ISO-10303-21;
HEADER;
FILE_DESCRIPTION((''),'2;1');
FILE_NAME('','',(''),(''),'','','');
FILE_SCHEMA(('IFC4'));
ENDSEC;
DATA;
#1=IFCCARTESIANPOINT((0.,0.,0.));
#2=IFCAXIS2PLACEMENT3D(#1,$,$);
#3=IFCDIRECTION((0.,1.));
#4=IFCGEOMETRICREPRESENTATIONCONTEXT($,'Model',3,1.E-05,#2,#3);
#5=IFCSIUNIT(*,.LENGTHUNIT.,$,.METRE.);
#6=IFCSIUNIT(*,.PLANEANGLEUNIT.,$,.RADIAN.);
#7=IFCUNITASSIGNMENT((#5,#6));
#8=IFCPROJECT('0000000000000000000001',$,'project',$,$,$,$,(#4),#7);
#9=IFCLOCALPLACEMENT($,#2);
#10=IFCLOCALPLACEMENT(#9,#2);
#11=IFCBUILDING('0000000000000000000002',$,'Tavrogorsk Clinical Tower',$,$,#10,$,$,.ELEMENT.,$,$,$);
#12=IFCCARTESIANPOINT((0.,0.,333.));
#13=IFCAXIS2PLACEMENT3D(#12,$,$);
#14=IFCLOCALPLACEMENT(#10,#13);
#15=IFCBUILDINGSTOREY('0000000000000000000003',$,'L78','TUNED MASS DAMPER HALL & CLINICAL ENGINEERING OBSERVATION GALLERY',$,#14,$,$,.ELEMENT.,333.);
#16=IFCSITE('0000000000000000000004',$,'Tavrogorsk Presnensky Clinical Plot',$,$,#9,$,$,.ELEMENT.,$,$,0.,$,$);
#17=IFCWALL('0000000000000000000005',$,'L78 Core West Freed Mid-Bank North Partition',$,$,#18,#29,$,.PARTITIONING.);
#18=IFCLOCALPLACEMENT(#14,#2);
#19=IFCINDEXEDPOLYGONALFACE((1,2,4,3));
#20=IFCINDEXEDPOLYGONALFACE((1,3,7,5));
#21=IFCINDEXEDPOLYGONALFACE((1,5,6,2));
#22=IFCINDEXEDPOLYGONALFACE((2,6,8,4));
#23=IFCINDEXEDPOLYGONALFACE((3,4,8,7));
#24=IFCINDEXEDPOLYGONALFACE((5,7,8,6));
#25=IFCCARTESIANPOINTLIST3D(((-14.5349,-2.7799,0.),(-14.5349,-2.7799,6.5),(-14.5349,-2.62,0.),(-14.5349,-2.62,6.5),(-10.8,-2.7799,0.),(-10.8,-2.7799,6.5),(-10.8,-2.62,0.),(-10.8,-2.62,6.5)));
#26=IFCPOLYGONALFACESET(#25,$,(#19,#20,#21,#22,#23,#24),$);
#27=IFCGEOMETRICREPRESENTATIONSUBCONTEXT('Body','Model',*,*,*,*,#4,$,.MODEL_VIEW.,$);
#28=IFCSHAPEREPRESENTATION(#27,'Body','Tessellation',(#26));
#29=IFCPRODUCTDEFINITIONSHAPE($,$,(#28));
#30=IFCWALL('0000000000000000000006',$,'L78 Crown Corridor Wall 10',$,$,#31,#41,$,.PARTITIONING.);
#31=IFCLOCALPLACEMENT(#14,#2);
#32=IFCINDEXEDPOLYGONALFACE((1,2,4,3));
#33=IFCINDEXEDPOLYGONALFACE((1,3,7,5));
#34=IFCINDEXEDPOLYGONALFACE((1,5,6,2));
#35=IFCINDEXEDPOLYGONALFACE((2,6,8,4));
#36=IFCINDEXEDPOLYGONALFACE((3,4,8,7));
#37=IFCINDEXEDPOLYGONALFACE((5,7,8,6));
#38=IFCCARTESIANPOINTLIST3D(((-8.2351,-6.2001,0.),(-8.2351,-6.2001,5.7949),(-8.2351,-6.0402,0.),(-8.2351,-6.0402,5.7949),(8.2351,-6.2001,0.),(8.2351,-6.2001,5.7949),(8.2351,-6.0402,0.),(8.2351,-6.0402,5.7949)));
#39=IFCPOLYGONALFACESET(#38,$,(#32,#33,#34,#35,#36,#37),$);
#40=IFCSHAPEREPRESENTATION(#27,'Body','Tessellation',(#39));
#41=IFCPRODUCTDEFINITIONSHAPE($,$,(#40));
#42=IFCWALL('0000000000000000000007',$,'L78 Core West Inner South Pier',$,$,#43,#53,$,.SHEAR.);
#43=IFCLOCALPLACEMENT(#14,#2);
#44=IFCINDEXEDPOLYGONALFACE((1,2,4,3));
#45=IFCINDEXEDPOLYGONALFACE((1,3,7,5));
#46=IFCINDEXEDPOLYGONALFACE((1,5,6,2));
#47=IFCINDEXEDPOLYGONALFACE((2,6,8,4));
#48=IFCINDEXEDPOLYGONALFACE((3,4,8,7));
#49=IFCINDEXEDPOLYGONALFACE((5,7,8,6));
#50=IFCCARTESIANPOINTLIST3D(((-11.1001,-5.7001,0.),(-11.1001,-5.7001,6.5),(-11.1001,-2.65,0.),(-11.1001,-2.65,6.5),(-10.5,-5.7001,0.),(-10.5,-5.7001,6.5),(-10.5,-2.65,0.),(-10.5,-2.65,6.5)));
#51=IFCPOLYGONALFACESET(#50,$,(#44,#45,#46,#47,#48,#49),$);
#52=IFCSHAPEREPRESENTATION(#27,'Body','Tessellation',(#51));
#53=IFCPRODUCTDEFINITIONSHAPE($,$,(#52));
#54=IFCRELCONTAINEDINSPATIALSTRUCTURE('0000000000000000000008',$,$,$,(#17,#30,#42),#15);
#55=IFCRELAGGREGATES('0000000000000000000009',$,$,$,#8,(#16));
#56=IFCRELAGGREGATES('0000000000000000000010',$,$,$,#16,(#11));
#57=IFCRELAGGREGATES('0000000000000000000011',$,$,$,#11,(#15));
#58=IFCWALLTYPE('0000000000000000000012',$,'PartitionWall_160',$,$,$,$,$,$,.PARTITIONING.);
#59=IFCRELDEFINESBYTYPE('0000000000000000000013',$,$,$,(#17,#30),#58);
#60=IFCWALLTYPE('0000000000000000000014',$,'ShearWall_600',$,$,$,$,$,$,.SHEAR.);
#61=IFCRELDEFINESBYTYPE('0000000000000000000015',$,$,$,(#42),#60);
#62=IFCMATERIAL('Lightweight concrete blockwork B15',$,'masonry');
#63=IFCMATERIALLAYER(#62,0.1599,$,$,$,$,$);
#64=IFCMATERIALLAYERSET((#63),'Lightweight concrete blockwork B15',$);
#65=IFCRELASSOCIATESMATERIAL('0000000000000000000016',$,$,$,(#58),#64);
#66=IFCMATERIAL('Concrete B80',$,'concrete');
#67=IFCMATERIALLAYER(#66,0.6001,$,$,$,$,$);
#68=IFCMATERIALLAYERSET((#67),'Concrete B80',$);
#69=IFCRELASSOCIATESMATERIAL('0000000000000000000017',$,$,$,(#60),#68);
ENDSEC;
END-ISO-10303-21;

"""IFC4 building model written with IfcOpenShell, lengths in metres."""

from ifc_helpers import new_model, si_unit, direction, frame, frame_2d, origin, place, context, subcontext, project, spatial, rectangle, extrude, material, layer, layer_set, type_object, element, save


model = new_model("IFC4")

# Units and contexts
model_context = context("Model", 3, precision=1e-05, world=origin(), true_north=direction((0.0, 1.0)))
body_context = subcontext(model_context, "Body", "Model", "MODEL_VIEW")
ifc_project = project(units=[si_unit("LENGTHUNIT", "METRE"), si_unit("PLANEANGLEUNIT", "RADIAN")], contexts=[model_context])

# Site, building, storey
site_placement = place(None, origin())
site = spatial("IfcSite", under=ifc_project, at=site_placement, Name="Tavrogorsk Presnensky Clinical Plot", CompositionType="ELEMENT", RefElevation=0.0)
building_placement = place(site_placement, origin())
building = spatial("IfcBuilding", under=site, at=building_placement, Name="Tavrogorsk Clinical Tower", CompositionType="ELEMENT")
storey_placement = place(building_placement, frame((0.0, 0.0, 333.0)))
storey = spatial("IfcBuildingStorey", under=building, at=storey_placement, Name="L78", Description="TUNED MASS DAMPER HALL & CLINICAL ENGINEERING OBSERVATION GALLERY", CompositionType="ELEMENT", Elevation=333.0)

# Walls
ifc_material_1 = material(Name="Lightweight concrete blockwork B15", Category="masonry")
ifc_layer_1 = layer(ifc_material_1, 0.1599)
ifc_layer_set_1 = layer_set([ifc_layer_1], Name="Lightweight concrete blockwork B15")
wall_type_1 = type_object("IfcWallType", Name="PartitionWall_160", PredefinedType="PARTITIONING", material=ifc_layer_set_1)
wall_1_placement = place(storey_placement, frame((-14.5349, -2.7, 0.0), z_axis=(0.0, 0.0, 1.0), x_axis=(1.0, 0.0, 0.0)))
element("IfcWall", 1, at=wall_1_placement, inside=storey, type_object=wall_type_1, Name="L78 Core West Freed Mid-Bank North Partition", PredefinedType="PARTITIONING", context=body_context, shape_type="SweptSolid", body=[
    extrude(rectangle(XDim=3.7349, YDim=0.1599, at=frame_2d((1.8674, 0.0))), origin(), (0.0, 0.0, 1.0), 6.5),
])
wall_2_placement = place(storey_placement, frame((-8.2351, -6.1201, 0.0), z_axis=(0.0, 0.0, 1.0), x_axis=(1.0, 0.0, 0.0)))
element("IfcWall", 2, at=wall_2_placement, inside=storey, type_object=wall_type_1, Name="L78 Crown Corridor Wall 10", PredefinedType="PARTITIONING", context=body_context, shape_type="SweptSolid", body=[
    extrude(rectangle(XDim=16.4702, YDim=0.1599, at=frame_2d((8.2351, 0.0))), origin(), (0.0, 0.0, 1.0), 5.7949),
])
ifc_material_2 = material(Name="Concrete B80", Category="concrete")
ifc_layer_2 = layer(ifc_material_2, 0.6001)
ifc_layer_set_2 = layer_set([ifc_layer_2], Name="Concrete B80")
wall_type_2 = type_object("IfcWallType", Name="ShearWall_600", PredefinedType="SHEAR", material=ifc_layer_set_2)
wall_3_placement = place(storey_placement, frame((-10.8, -5.7, 0.0), z_axis=(0.0, 0.0, 1.0), x_axis=(0.0, 1.0, 0.0)))
element("IfcWall", 3, at=wall_3_placement, inside=storey, type_object=wall_type_2, Name="L78 Core West Inner South Pier", PredefinedType="SHEAR", context=body_context, shape_type="SweptSolid", body=[
    extrude(rectangle(XDim=3.05, YDim=0.6001, at=frame_2d((1.5249, 0.0))), origin(), (0.0, 0.0, 1.0), 6.5),
])

save(model, "model.ifc")
